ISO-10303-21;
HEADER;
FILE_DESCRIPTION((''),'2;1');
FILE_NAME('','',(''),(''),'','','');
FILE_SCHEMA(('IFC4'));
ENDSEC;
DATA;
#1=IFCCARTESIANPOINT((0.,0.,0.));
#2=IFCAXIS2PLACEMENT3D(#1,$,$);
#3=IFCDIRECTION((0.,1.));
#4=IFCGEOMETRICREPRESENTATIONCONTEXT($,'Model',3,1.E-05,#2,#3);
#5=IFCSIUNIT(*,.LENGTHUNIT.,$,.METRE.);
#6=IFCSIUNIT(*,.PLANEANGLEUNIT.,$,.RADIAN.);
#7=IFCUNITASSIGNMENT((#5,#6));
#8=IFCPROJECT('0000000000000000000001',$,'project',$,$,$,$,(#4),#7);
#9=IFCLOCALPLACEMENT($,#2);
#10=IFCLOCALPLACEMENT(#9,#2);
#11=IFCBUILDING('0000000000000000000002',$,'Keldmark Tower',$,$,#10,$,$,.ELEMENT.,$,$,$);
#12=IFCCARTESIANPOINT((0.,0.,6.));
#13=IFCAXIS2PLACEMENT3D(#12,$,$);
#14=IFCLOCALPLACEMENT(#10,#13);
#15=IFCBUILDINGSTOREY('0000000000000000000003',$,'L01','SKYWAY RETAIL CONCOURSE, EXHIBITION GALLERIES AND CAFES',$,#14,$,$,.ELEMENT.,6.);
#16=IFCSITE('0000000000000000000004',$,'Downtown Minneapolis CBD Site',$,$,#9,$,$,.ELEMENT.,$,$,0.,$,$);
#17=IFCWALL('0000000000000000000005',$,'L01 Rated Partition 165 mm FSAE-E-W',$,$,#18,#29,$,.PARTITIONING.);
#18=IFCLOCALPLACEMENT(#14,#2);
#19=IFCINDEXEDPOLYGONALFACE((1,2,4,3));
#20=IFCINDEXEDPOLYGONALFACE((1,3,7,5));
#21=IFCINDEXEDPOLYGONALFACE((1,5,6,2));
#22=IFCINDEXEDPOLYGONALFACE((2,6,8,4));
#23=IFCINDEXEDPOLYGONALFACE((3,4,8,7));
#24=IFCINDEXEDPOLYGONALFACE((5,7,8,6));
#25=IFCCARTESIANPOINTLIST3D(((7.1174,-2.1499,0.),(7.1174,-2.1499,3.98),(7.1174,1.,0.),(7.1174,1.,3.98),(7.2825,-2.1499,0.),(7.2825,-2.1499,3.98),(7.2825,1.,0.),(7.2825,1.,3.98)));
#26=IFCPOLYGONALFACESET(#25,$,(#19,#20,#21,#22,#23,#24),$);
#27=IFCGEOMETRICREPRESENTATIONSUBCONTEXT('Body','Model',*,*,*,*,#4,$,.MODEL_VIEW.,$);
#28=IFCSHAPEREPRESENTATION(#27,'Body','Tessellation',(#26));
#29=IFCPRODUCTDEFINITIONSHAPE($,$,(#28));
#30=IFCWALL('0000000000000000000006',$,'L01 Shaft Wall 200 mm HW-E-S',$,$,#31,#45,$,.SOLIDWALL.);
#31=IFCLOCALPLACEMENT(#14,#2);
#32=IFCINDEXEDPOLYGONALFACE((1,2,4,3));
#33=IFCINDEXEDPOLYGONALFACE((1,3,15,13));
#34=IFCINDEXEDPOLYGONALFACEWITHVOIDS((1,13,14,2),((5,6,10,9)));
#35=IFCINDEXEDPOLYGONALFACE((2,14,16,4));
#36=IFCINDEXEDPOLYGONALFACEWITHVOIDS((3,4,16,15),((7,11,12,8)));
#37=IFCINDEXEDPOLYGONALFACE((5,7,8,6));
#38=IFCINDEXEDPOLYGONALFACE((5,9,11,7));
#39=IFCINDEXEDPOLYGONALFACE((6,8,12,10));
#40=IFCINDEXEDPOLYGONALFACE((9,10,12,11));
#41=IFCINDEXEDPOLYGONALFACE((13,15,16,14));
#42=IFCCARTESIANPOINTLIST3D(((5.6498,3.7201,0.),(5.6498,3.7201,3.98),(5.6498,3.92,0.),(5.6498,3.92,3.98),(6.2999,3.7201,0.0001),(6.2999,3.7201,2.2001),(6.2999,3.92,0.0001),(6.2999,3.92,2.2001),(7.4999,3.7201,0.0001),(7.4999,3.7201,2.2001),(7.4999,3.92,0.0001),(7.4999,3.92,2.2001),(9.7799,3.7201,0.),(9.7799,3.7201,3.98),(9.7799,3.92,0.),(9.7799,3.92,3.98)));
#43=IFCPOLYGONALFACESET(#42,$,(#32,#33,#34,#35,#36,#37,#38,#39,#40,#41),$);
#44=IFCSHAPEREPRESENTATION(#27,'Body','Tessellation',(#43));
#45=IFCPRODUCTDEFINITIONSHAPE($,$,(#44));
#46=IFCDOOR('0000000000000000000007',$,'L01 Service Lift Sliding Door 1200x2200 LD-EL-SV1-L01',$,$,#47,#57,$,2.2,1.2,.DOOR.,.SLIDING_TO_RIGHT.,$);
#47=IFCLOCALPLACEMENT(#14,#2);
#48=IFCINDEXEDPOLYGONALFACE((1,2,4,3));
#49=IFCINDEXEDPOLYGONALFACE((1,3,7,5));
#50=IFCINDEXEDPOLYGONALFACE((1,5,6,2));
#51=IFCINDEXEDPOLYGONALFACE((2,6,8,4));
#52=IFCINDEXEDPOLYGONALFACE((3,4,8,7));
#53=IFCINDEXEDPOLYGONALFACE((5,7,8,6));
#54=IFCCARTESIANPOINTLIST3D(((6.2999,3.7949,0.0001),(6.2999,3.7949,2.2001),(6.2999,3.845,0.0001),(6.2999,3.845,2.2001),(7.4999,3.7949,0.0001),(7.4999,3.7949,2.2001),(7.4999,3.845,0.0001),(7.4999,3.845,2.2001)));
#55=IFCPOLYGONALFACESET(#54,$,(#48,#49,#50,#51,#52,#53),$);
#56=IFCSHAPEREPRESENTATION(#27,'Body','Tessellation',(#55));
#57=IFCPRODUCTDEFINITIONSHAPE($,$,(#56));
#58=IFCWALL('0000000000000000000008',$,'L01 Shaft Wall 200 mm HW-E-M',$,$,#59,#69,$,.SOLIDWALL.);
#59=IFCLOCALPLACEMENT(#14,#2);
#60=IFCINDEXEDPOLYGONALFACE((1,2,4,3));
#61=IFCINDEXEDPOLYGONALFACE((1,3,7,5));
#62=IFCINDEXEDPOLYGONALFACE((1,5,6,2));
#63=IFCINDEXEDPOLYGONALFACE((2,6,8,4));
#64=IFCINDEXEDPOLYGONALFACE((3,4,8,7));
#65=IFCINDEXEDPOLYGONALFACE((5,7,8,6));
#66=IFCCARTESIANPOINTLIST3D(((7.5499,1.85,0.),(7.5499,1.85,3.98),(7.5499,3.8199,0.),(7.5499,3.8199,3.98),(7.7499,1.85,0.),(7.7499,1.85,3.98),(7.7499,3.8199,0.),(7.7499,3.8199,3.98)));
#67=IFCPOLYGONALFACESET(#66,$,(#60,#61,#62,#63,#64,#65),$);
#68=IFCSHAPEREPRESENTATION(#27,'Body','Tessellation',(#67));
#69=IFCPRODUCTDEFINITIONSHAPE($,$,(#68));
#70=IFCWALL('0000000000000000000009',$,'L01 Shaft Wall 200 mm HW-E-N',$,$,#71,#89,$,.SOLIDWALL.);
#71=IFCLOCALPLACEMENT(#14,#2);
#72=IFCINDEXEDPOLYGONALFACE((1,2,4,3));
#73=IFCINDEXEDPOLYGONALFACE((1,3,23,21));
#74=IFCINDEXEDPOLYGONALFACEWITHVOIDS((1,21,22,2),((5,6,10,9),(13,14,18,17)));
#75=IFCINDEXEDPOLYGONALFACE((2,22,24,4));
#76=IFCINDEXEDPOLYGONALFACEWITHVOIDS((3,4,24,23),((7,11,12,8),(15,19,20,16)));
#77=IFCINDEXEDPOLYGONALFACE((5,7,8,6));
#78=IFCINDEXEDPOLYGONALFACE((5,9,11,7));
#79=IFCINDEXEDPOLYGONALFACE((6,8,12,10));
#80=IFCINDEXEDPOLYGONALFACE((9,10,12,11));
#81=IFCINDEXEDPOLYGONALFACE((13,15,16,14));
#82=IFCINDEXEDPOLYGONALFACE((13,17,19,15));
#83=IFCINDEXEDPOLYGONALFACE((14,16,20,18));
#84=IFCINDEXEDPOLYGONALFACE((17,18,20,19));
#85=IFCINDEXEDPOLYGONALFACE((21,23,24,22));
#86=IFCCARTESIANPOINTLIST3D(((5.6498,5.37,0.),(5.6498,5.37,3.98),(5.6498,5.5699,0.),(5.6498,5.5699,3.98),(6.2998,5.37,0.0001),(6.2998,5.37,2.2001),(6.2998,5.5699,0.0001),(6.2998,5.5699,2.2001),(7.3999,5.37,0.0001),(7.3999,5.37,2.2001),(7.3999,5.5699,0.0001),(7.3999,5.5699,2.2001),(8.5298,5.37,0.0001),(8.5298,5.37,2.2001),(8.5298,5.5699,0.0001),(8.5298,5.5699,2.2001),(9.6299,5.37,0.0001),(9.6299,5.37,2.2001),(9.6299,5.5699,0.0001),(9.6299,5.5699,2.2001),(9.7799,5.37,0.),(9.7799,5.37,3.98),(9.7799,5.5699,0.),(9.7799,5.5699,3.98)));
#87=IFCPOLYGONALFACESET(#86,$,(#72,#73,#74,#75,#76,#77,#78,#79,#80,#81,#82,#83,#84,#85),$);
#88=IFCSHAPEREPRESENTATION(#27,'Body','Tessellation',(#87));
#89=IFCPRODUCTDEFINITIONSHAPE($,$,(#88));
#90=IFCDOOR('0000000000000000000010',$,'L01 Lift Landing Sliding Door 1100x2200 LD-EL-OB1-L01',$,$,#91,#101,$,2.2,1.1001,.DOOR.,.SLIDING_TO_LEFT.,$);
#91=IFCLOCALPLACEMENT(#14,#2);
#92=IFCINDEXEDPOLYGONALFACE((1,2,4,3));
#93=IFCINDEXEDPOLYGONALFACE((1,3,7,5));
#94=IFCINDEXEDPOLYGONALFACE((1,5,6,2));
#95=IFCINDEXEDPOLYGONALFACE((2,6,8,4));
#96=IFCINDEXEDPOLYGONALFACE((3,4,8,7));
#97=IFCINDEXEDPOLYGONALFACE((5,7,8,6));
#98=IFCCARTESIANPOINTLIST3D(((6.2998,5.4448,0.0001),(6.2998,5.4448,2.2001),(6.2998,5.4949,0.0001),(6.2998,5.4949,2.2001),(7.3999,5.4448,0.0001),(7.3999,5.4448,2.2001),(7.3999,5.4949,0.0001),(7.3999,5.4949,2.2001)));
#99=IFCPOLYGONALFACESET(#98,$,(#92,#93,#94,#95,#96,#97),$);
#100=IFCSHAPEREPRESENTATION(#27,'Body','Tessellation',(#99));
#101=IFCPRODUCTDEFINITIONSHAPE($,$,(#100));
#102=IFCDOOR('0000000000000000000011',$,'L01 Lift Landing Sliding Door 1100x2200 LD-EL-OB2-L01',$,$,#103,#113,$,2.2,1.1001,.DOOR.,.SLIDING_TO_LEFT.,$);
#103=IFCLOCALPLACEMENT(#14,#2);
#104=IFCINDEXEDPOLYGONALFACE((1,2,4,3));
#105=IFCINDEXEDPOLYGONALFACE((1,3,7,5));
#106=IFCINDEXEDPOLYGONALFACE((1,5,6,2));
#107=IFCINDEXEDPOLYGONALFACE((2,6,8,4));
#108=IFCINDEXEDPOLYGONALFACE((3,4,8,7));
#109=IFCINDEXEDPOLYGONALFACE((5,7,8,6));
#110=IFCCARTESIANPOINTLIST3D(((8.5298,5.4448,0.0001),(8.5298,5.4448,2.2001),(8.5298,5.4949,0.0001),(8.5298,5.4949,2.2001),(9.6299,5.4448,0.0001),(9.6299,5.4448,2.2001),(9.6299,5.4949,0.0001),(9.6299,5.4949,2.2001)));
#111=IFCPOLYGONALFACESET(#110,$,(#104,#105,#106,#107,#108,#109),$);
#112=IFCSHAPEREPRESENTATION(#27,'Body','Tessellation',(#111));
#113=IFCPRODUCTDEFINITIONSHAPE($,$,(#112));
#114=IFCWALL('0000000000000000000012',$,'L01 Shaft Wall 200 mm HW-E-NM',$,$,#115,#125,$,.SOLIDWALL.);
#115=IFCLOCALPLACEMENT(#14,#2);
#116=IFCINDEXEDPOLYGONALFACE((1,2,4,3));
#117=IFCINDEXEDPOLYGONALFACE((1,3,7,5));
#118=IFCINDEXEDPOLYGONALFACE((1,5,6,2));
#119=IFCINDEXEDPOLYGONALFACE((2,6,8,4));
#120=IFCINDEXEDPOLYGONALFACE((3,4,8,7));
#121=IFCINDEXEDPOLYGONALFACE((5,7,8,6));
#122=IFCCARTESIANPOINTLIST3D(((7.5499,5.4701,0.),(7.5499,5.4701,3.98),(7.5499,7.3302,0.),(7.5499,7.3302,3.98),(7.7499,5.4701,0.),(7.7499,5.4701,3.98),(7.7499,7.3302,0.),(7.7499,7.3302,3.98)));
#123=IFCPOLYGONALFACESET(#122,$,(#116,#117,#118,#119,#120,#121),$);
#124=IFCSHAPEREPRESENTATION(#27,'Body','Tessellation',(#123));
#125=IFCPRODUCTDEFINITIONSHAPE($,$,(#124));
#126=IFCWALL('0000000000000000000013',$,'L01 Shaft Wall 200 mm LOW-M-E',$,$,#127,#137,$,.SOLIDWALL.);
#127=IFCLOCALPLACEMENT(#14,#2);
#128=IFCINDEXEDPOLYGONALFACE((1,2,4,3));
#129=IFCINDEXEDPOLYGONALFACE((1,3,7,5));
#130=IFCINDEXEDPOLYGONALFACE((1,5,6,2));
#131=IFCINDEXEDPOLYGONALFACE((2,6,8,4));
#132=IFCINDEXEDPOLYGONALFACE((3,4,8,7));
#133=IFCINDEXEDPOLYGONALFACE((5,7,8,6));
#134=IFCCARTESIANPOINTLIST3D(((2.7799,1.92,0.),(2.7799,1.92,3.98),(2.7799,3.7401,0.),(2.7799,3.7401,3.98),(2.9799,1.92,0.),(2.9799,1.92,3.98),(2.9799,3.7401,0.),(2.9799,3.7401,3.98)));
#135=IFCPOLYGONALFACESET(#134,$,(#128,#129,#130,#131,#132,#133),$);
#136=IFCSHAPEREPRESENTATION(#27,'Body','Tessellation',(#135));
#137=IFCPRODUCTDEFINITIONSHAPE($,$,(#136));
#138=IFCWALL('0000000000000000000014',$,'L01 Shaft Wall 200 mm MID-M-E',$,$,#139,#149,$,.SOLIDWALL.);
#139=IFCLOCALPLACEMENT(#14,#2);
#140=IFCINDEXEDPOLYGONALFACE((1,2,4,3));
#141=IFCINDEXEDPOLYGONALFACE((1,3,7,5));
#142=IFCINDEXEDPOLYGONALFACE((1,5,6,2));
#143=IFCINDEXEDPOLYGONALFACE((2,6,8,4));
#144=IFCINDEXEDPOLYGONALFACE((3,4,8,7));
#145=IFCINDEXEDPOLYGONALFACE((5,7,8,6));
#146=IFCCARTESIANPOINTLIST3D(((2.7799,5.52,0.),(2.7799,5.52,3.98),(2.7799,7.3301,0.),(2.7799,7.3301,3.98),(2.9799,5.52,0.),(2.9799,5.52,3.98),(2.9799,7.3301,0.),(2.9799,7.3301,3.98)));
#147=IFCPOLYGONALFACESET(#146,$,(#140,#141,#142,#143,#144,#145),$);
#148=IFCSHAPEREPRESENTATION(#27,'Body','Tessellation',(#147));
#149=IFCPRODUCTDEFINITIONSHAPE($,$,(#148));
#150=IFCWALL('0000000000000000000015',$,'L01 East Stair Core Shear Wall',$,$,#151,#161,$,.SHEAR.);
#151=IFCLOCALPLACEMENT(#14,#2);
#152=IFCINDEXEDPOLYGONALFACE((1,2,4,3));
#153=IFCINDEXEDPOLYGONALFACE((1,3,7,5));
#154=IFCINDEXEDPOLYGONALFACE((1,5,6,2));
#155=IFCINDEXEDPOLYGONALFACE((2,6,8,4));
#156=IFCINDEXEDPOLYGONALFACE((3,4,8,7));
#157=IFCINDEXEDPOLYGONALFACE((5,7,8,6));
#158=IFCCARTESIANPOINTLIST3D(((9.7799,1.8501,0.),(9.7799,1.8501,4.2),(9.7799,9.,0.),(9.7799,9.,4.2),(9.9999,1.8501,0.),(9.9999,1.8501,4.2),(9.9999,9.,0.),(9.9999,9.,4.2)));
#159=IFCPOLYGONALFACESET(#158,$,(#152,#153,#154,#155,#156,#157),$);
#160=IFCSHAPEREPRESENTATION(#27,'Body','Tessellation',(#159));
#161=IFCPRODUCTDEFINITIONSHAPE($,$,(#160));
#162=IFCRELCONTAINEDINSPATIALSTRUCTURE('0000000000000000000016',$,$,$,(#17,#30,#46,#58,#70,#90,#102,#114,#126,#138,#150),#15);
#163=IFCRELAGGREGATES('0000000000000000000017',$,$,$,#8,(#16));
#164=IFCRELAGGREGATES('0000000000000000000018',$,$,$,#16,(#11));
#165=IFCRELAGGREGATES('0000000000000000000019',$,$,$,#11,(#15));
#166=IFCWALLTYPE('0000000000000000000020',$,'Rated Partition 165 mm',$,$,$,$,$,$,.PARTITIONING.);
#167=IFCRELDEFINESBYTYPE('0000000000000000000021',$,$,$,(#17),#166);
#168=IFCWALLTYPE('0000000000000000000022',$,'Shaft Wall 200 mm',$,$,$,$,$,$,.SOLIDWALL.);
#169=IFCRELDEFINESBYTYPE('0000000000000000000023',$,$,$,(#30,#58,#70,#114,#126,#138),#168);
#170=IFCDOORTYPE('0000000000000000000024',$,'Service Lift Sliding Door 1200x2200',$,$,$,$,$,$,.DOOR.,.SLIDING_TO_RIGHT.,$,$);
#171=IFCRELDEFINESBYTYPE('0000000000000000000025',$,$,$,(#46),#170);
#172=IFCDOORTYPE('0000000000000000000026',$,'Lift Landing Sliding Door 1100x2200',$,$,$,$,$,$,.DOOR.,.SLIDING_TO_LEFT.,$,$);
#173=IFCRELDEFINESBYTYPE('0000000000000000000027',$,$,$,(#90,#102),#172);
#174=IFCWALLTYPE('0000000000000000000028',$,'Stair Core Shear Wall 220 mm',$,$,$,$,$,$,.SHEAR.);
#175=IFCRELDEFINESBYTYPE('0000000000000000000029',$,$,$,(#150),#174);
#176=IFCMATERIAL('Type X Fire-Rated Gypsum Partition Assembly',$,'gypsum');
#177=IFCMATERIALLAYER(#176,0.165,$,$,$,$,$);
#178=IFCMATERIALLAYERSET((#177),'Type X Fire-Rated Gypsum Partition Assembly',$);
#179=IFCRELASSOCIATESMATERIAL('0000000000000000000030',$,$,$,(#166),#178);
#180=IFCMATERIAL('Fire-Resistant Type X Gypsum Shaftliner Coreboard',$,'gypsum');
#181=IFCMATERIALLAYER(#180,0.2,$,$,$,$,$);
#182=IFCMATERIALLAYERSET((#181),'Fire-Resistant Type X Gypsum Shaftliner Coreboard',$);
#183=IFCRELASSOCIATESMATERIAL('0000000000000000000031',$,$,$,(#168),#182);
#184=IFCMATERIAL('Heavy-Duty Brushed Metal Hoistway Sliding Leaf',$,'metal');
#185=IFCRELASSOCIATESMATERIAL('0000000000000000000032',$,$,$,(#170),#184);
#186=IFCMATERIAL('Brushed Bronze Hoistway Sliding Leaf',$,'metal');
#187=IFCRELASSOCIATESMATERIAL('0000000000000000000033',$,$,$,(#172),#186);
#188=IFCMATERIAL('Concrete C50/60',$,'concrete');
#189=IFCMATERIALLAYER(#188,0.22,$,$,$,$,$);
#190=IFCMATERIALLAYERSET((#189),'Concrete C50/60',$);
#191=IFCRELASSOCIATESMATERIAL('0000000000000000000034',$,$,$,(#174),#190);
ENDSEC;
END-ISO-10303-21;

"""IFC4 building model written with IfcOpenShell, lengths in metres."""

from ifc_helpers import new_model, si_unit, direction, frame, frame_2d, origin, place, context, subcontext, project, spatial, rectangle, extrude, material, layer, layer_set, type_object, element, fill, save


model = new_model("IFC4")

# Units and contexts
model_context = context("Model", 3, precision=1e-05, world=origin(), true_north=direction((0.0, 1.0)))
body_context = subcontext(model_context, "Body", "Model", "MODEL_VIEW")
ifc_project = project(units=[si_unit("LENGTHUNIT", "METRE"), si_unit("PLANEANGLEUNIT", "RADIAN")], contexts=[model_context])

# Site, building, storey
site_placement = place(None, origin())
site = spatial("IfcSite", under=ifc_project, at=site_placement, Name="Downtown Minneapolis CBD Site", CompositionType="ELEMENT", RefElevation=0.0)
building_placement = place(site_placement, origin())
building = spatial("IfcBuilding", under=site, at=building_placement, Name="Keldmark Tower", CompositionType="ELEMENT")
storey_placement = place(building_placement, frame((0.0, 0.0, 6.0)))
storey = spatial("IfcBuildingStorey", under=building, at=storey_placement, Name="L01", Description="SKYWAY RETAIL CONCOURSE, EXHIBITION GALLERIES AND CAFES", CompositionType="ELEMENT", Elevation=6.0)

# Wall
ifc_material_1 = material(Name="Type X Fire-Rated Gypsum Partition Assembly", Category="gypsum")
ifc_layer_1 = layer(ifc_material_1, 0.165)
ifc_layer_set_1 = layer_set([ifc_layer_1], Name="Type X Fire-Rated Gypsum Partition Assembly")
wall_type_1 = type_object("IfcWallType", Name="Rated Partition 165 mm", PredefinedType="PARTITIONING", material=ifc_layer_set_1)
wall_1_placement = place(storey_placement, frame((7.2, -2.1499, 0.0), z_axis=(0.0, 0.0, 1.0), x_axis=(0.0, 1.0, 0.0)))
element("IfcWall", 1, at=wall_1_placement, inside=storey, type_object=wall_type_1, Name="L01 Rated Partition 165 mm FSAE-E-W", PredefinedType="PARTITIONING", context=body_context, shape_type="SweptSolid", body=[
    extrude(rectangle(XDim=3.1499, YDim=0.165, at=frame_2d((1.575, 0.0))), origin(), (0.0, 0.0, 1.0), 3.98),
])

# Wall, opening, door
ifc_material_2 = material(Name="Fire-Resistant Type X Gypsum Shaftliner Coreboard", Category="gypsum")
ifc_layer_2 = layer(ifc_material_2, 0.2)
ifc_layer_set_2 = layer_set([ifc_layer_2], Name="Fire-Resistant Type X Gypsum Shaftliner Coreboard")
wall_type_2 = type_object("IfcWallType", Name="Shaft Wall 200 mm", PredefinedType="SOLIDWALL", material=ifc_layer_set_2)
wall_2_placement = place(storey_placement, frame((5.6499, 3.8201, 0.0), z_axis=(0.0, 0.0, 1.0), x_axis=(1.0, 0.0, 0.0)))
wall_2 = element("IfcWall", 2, at=wall_2_placement, inside=storey, type_object=wall_type_2, Name="L01 Shaft Wall 200 mm HW-E-S", PredefinedType="SOLIDWALL", context=body_context, shape_type="SweptSolid", body=[
    extrude(rectangle(XDim=4.1301, YDim=0.2, at=frame_2d((2.0649, 0.0))), origin(), (0.0, 0.0, 1.0), 3.98),
])
opening_1_placement = place(wall_2_placement, frame((0.6499, 0.0, 0.0)))
opening_1 = element("IfcOpeningElement", 3, at=opening_1_placement, cuts=wall_2, PredefinedType="OPENING", context=body_context, shape_type="SweptSolid", body=[
    extrude(rectangle(XDim=1.2, YDim=2.2, at=frame_2d((0.6001, 1.1001))), frame((0.0, 0.1099, 0.0), z_axis=(0.0, -1.0, 0.0), x_axis=(1.0, 0.0, 0.0)), (0.0, 0.0, 1.0), 0.22),
])
ifc_material_3 = material(Name="Heavy-Duty Brushed Metal Hoistway Sliding Leaf", Category="metal")
door_type_1 = type_object("IfcDoorType", Name="Service Lift Sliding Door 1200x2200", OperationType="SLIDING_TO_RIGHT", PredefinedType="DOOR", material=ifc_material_3)
door_1_placement = place(opening_1_placement, origin())
door_1 = element("IfcDoor", 4, at=door_1_placement, inside=storey, type_object=door_type_1, Name="L01 Service Lift Sliding Door 1200x2200 LD-EL-SV1-L01", OperationType="SLIDING_TO_RIGHT", OverallHeight=2.2, OverallWidth=1.2, PredefinedType="DOOR", context=body_context, shape_type="SweptSolid", body=[
    extrude(rectangle(XDim=1.2, YDim=2.2, at=frame_2d((0.6001, 1.1001))), frame((0.0, 0.0249, 0.0), z_axis=(0.0, -1.0, 0.0), x_axis=(1.0, 0.0, 0.0)), (0.0, 0.0, 1.0), 0.05),
])
fill(opening_1, door_1)

# Wall
wall_3_placement = place(storey_placement, frame((7.6499, 1.8501, 0.0), z_axis=(0.0, 0.0, 1.0), x_axis=(0.0, 1.0, 0.0)))
element("IfcWall", 5, at=wall_3_placement, inside=storey, type_object=wall_type_2, Name="L01 Shaft Wall 200 mm HW-E-M", PredefinedType="SOLIDWALL", context=body_context, shape_type="SweptSolid", body=[
    extrude(rectangle(XDim=1.97, YDim=0.2, at=frame_2d((0.9849, 0.0))), origin(), (0.0, 0.0, 1.0), 3.98),
])

# Wall, openings, doors
wall_4_placement = place(storey_placement, frame((5.6499, 5.47, 0.0), z_axis=(0.0, 0.0, 1.0), x_axis=(1.0, 0.0, 0.0)))
wall_4 = element("IfcWall", 6, at=wall_4_placement, inside=storey, type_object=wall_type_2, Name="L01 Shaft Wall 200 mm HW-E-N", PredefinedType="SOLIDWALL", context=body_context, shape_type="SweptSolid", body=[
    extrude(rectangle(XDim=4.1301, YDim=0.2, at=frame_2d((2.0649, 0.0))), origin(), (0.0, 0.0, 1.0), 3.98),
])
opening_2_placement = place(wall_4_placement, frame((0.6499, 0.0, 0.0)))
opening_2 = element("IfcOpeningElement", 7, at=opening_2_placement, cuts=wall_4, PredefinedType="OPENING", context=body_context, shape_type="SweptSolid", body=[
    extrude(rectangle(XDim=1.1001, YDim=2.2, at=frame_2d((0.55, 1.1001))), frame((0.0, 0.1099, 0.0), z_axis=(0.0, -1.0, 0.0), x_axis=(1.0, 0.0, 0.0)), (0.0, 0.0, 1.0), 0.22),
])
opening_3_placement = place(wall_4_placement, frame((2.8799, 0.0, 0.0)))
opening_3 = element("IfcOpeningElement", 8, at=opening_3_placement, cuts=wall_4, PredefinedType="OPENING", context=body_context, shape_type="SweptSolid", body=[
    extrude(rectangle(XDim=1.1001, YDim=2.2, at=frame_2d((0.55, 1.1001))), frame((0.0, 0.1099, 0.0), z_axis=(0.0, -1.0, 0.0), x_axis=(1.0, 0.0, 0.0)), (0.0, 0.0, 1.0), 0.22),
])
ifc_material_4 = material(Name="Brushed Bronze Hoistway Sliding Leaf", Category="metal")
door_type_2 = type_object("IfcDoorType", Name="Lift Landing Sliding Door 1100x2200", OperationType="SLIDING_TO_LEFT", PredefinedType="DOOR", material=ifc_material_4)
door_2_placement = place(opening_2_placement, origin())
door_2 = element("IfcDoor", 9, at=door_2_placement, inside=storey, type_object=door_type_2, Name="L01 Lift Landing Sliding Door 1100x2200 LD-EL-OB1-L01", OperationType="SLIDING_TO_LEFT", OverallHeight=2.2, OverallWidth=1.1001, PredefinedType="DOOR", context=body_context, shape_type="SweptSolid", body=[
    extrude(rectangle(XDim=1.1001, YDim=2.2, at=frame_2d((0.55, 1.1001))), frame((0.0, 0.0249, 0.0), z_axis=(0.0, -1.0, 0.0), x_axis=(1.0, 0.0, 0.0)), (0.0, 0.0, 1.0), 0.05),
])
fill(opening_2, door_2)
door_3_placement = place(opening_3_placement, origin())
door_3 = element("IfcDoor", 10, at=door_3_placement, inside=storey, type_object=door_type_2, Name="L01 Lift Landing Sliding Door 1100x2200 LD-EL-OB2-L01", OperationType="SLIDING_TO_LEFT", OverallHeight=2.2, OverallWidth=1.1001, PredefinedType="DOOR", context=body_context, shape_type="SweptSolid", body=[
    extrude(rectangle(XDim=1.1001, YDim=2.2, at=frame_2d((0.55, 1.1001))), frame((0.0, 0.0249, 0.0), z_axis=(0.0, -1.0, 0.0), x_axis=(1.0, 0.0, 0.0)), (0.0, 0.0, 1.0), 0.05),
])
fill(opening_3, door_3)

# Walls
wall_5_placement = place(storey_placement, frame((7.6499, 5.47, 0.0), z_axis=(0.0, 0.0, 1.0), x_axis=(0.0, 1.0, 0.0)))
element("IfcWall", 11, at=wall_5_placement, inside=storey, type_object=wall_type_2, Name="L01 Shaft Wall 200 mm HW-E-NM", PredefinedType="SOLIDWALL", context=body_context, shape_type="SweptSolid", body=[
    extrude(rectangle(XDim=1.8601, YDim=0.2, at=frame_2d((0.9302, 0.0))), origin(), (0.0, 0.0, 1.0), 3.98),
])
wall_6_placement = place(storey_placement, frame((2.8799, 1.9199, 0.0), z_axis=(0.0, 0.0, 1.0), x_axis=(0.0, 1.0, 0.0)))
element("IfcWall", 12, at=wall_6_placement, inside=storey, type_object=wall_type_2, Name="L01 Shaft Wall 200 mm LOW-M-E", PredefinedType="SOLIDWALL", context=body_context, shape_type="SweptSolid", body=[
    extrude(rectangle(XDim=1.8201, YDim=0.2, at=frame_2d((0.9102, 0.0))), origin(), (0.0, 0.0, 1.0), 3.98),
])
wall_7_placement = place(storey_placement, frame((2.8799, 5.52, 0.0), z_axis=(0.0, 0.0, 1.0), x_axis=(0.0, 1.0, 0.0)))
element("IfcWall", 13, at=wall_7_placement, inside=storey, type_object=wall_type_2, Name="L01 Shaft Wall 200 mm MID-M-E", PredefinedType="SOLIDWALL", context=body_context, shape_type="SweptSolid", body=[
    extrude(rectangle(XDim=1.8101, YDim=0.2, at=frame_2d((0.905, 0.0))), origin(), (0.0, 0.0, 1.0), 3.98),
])
ifc_material_5 = material(Name="Concrete C50/60", Category="concrete")
ifc_layer_3 = layer(ifc_material_5, 0.22)
ifc_layer_set_3 = layer_set([ifc_layer_3], Name="Concrete C50/60")
wall_type_3 = type_object("IfcWallType", Name="Stair Core Shear Wall 220 mm", PredefinedType="SHEAR", material=ifc_layer_set_3)
wall_8_placement = place(storey_placement, frame((9.8899, 1.8501, 0.0), z_axis=(0.0, 0.0, 1.0), x_axis=(0.0, 1.0, 0.0)))
element("IfcWall", 14, at=wall_8_placement, inside=storey, type_object=wall_type_3, Name="L01 East Stair Core Shear Wall", PredefinedType="SHEAR", context=body_context, shape_type="SweptSolid", body=[
    extrude(rectangle(XDim=7.1499, YDim=0.22, at=frame_2d((3.575, 0.0))), origin(), (0.0, 0.0, 1.0), 4.2),
])

save(model, "model.ifc")
